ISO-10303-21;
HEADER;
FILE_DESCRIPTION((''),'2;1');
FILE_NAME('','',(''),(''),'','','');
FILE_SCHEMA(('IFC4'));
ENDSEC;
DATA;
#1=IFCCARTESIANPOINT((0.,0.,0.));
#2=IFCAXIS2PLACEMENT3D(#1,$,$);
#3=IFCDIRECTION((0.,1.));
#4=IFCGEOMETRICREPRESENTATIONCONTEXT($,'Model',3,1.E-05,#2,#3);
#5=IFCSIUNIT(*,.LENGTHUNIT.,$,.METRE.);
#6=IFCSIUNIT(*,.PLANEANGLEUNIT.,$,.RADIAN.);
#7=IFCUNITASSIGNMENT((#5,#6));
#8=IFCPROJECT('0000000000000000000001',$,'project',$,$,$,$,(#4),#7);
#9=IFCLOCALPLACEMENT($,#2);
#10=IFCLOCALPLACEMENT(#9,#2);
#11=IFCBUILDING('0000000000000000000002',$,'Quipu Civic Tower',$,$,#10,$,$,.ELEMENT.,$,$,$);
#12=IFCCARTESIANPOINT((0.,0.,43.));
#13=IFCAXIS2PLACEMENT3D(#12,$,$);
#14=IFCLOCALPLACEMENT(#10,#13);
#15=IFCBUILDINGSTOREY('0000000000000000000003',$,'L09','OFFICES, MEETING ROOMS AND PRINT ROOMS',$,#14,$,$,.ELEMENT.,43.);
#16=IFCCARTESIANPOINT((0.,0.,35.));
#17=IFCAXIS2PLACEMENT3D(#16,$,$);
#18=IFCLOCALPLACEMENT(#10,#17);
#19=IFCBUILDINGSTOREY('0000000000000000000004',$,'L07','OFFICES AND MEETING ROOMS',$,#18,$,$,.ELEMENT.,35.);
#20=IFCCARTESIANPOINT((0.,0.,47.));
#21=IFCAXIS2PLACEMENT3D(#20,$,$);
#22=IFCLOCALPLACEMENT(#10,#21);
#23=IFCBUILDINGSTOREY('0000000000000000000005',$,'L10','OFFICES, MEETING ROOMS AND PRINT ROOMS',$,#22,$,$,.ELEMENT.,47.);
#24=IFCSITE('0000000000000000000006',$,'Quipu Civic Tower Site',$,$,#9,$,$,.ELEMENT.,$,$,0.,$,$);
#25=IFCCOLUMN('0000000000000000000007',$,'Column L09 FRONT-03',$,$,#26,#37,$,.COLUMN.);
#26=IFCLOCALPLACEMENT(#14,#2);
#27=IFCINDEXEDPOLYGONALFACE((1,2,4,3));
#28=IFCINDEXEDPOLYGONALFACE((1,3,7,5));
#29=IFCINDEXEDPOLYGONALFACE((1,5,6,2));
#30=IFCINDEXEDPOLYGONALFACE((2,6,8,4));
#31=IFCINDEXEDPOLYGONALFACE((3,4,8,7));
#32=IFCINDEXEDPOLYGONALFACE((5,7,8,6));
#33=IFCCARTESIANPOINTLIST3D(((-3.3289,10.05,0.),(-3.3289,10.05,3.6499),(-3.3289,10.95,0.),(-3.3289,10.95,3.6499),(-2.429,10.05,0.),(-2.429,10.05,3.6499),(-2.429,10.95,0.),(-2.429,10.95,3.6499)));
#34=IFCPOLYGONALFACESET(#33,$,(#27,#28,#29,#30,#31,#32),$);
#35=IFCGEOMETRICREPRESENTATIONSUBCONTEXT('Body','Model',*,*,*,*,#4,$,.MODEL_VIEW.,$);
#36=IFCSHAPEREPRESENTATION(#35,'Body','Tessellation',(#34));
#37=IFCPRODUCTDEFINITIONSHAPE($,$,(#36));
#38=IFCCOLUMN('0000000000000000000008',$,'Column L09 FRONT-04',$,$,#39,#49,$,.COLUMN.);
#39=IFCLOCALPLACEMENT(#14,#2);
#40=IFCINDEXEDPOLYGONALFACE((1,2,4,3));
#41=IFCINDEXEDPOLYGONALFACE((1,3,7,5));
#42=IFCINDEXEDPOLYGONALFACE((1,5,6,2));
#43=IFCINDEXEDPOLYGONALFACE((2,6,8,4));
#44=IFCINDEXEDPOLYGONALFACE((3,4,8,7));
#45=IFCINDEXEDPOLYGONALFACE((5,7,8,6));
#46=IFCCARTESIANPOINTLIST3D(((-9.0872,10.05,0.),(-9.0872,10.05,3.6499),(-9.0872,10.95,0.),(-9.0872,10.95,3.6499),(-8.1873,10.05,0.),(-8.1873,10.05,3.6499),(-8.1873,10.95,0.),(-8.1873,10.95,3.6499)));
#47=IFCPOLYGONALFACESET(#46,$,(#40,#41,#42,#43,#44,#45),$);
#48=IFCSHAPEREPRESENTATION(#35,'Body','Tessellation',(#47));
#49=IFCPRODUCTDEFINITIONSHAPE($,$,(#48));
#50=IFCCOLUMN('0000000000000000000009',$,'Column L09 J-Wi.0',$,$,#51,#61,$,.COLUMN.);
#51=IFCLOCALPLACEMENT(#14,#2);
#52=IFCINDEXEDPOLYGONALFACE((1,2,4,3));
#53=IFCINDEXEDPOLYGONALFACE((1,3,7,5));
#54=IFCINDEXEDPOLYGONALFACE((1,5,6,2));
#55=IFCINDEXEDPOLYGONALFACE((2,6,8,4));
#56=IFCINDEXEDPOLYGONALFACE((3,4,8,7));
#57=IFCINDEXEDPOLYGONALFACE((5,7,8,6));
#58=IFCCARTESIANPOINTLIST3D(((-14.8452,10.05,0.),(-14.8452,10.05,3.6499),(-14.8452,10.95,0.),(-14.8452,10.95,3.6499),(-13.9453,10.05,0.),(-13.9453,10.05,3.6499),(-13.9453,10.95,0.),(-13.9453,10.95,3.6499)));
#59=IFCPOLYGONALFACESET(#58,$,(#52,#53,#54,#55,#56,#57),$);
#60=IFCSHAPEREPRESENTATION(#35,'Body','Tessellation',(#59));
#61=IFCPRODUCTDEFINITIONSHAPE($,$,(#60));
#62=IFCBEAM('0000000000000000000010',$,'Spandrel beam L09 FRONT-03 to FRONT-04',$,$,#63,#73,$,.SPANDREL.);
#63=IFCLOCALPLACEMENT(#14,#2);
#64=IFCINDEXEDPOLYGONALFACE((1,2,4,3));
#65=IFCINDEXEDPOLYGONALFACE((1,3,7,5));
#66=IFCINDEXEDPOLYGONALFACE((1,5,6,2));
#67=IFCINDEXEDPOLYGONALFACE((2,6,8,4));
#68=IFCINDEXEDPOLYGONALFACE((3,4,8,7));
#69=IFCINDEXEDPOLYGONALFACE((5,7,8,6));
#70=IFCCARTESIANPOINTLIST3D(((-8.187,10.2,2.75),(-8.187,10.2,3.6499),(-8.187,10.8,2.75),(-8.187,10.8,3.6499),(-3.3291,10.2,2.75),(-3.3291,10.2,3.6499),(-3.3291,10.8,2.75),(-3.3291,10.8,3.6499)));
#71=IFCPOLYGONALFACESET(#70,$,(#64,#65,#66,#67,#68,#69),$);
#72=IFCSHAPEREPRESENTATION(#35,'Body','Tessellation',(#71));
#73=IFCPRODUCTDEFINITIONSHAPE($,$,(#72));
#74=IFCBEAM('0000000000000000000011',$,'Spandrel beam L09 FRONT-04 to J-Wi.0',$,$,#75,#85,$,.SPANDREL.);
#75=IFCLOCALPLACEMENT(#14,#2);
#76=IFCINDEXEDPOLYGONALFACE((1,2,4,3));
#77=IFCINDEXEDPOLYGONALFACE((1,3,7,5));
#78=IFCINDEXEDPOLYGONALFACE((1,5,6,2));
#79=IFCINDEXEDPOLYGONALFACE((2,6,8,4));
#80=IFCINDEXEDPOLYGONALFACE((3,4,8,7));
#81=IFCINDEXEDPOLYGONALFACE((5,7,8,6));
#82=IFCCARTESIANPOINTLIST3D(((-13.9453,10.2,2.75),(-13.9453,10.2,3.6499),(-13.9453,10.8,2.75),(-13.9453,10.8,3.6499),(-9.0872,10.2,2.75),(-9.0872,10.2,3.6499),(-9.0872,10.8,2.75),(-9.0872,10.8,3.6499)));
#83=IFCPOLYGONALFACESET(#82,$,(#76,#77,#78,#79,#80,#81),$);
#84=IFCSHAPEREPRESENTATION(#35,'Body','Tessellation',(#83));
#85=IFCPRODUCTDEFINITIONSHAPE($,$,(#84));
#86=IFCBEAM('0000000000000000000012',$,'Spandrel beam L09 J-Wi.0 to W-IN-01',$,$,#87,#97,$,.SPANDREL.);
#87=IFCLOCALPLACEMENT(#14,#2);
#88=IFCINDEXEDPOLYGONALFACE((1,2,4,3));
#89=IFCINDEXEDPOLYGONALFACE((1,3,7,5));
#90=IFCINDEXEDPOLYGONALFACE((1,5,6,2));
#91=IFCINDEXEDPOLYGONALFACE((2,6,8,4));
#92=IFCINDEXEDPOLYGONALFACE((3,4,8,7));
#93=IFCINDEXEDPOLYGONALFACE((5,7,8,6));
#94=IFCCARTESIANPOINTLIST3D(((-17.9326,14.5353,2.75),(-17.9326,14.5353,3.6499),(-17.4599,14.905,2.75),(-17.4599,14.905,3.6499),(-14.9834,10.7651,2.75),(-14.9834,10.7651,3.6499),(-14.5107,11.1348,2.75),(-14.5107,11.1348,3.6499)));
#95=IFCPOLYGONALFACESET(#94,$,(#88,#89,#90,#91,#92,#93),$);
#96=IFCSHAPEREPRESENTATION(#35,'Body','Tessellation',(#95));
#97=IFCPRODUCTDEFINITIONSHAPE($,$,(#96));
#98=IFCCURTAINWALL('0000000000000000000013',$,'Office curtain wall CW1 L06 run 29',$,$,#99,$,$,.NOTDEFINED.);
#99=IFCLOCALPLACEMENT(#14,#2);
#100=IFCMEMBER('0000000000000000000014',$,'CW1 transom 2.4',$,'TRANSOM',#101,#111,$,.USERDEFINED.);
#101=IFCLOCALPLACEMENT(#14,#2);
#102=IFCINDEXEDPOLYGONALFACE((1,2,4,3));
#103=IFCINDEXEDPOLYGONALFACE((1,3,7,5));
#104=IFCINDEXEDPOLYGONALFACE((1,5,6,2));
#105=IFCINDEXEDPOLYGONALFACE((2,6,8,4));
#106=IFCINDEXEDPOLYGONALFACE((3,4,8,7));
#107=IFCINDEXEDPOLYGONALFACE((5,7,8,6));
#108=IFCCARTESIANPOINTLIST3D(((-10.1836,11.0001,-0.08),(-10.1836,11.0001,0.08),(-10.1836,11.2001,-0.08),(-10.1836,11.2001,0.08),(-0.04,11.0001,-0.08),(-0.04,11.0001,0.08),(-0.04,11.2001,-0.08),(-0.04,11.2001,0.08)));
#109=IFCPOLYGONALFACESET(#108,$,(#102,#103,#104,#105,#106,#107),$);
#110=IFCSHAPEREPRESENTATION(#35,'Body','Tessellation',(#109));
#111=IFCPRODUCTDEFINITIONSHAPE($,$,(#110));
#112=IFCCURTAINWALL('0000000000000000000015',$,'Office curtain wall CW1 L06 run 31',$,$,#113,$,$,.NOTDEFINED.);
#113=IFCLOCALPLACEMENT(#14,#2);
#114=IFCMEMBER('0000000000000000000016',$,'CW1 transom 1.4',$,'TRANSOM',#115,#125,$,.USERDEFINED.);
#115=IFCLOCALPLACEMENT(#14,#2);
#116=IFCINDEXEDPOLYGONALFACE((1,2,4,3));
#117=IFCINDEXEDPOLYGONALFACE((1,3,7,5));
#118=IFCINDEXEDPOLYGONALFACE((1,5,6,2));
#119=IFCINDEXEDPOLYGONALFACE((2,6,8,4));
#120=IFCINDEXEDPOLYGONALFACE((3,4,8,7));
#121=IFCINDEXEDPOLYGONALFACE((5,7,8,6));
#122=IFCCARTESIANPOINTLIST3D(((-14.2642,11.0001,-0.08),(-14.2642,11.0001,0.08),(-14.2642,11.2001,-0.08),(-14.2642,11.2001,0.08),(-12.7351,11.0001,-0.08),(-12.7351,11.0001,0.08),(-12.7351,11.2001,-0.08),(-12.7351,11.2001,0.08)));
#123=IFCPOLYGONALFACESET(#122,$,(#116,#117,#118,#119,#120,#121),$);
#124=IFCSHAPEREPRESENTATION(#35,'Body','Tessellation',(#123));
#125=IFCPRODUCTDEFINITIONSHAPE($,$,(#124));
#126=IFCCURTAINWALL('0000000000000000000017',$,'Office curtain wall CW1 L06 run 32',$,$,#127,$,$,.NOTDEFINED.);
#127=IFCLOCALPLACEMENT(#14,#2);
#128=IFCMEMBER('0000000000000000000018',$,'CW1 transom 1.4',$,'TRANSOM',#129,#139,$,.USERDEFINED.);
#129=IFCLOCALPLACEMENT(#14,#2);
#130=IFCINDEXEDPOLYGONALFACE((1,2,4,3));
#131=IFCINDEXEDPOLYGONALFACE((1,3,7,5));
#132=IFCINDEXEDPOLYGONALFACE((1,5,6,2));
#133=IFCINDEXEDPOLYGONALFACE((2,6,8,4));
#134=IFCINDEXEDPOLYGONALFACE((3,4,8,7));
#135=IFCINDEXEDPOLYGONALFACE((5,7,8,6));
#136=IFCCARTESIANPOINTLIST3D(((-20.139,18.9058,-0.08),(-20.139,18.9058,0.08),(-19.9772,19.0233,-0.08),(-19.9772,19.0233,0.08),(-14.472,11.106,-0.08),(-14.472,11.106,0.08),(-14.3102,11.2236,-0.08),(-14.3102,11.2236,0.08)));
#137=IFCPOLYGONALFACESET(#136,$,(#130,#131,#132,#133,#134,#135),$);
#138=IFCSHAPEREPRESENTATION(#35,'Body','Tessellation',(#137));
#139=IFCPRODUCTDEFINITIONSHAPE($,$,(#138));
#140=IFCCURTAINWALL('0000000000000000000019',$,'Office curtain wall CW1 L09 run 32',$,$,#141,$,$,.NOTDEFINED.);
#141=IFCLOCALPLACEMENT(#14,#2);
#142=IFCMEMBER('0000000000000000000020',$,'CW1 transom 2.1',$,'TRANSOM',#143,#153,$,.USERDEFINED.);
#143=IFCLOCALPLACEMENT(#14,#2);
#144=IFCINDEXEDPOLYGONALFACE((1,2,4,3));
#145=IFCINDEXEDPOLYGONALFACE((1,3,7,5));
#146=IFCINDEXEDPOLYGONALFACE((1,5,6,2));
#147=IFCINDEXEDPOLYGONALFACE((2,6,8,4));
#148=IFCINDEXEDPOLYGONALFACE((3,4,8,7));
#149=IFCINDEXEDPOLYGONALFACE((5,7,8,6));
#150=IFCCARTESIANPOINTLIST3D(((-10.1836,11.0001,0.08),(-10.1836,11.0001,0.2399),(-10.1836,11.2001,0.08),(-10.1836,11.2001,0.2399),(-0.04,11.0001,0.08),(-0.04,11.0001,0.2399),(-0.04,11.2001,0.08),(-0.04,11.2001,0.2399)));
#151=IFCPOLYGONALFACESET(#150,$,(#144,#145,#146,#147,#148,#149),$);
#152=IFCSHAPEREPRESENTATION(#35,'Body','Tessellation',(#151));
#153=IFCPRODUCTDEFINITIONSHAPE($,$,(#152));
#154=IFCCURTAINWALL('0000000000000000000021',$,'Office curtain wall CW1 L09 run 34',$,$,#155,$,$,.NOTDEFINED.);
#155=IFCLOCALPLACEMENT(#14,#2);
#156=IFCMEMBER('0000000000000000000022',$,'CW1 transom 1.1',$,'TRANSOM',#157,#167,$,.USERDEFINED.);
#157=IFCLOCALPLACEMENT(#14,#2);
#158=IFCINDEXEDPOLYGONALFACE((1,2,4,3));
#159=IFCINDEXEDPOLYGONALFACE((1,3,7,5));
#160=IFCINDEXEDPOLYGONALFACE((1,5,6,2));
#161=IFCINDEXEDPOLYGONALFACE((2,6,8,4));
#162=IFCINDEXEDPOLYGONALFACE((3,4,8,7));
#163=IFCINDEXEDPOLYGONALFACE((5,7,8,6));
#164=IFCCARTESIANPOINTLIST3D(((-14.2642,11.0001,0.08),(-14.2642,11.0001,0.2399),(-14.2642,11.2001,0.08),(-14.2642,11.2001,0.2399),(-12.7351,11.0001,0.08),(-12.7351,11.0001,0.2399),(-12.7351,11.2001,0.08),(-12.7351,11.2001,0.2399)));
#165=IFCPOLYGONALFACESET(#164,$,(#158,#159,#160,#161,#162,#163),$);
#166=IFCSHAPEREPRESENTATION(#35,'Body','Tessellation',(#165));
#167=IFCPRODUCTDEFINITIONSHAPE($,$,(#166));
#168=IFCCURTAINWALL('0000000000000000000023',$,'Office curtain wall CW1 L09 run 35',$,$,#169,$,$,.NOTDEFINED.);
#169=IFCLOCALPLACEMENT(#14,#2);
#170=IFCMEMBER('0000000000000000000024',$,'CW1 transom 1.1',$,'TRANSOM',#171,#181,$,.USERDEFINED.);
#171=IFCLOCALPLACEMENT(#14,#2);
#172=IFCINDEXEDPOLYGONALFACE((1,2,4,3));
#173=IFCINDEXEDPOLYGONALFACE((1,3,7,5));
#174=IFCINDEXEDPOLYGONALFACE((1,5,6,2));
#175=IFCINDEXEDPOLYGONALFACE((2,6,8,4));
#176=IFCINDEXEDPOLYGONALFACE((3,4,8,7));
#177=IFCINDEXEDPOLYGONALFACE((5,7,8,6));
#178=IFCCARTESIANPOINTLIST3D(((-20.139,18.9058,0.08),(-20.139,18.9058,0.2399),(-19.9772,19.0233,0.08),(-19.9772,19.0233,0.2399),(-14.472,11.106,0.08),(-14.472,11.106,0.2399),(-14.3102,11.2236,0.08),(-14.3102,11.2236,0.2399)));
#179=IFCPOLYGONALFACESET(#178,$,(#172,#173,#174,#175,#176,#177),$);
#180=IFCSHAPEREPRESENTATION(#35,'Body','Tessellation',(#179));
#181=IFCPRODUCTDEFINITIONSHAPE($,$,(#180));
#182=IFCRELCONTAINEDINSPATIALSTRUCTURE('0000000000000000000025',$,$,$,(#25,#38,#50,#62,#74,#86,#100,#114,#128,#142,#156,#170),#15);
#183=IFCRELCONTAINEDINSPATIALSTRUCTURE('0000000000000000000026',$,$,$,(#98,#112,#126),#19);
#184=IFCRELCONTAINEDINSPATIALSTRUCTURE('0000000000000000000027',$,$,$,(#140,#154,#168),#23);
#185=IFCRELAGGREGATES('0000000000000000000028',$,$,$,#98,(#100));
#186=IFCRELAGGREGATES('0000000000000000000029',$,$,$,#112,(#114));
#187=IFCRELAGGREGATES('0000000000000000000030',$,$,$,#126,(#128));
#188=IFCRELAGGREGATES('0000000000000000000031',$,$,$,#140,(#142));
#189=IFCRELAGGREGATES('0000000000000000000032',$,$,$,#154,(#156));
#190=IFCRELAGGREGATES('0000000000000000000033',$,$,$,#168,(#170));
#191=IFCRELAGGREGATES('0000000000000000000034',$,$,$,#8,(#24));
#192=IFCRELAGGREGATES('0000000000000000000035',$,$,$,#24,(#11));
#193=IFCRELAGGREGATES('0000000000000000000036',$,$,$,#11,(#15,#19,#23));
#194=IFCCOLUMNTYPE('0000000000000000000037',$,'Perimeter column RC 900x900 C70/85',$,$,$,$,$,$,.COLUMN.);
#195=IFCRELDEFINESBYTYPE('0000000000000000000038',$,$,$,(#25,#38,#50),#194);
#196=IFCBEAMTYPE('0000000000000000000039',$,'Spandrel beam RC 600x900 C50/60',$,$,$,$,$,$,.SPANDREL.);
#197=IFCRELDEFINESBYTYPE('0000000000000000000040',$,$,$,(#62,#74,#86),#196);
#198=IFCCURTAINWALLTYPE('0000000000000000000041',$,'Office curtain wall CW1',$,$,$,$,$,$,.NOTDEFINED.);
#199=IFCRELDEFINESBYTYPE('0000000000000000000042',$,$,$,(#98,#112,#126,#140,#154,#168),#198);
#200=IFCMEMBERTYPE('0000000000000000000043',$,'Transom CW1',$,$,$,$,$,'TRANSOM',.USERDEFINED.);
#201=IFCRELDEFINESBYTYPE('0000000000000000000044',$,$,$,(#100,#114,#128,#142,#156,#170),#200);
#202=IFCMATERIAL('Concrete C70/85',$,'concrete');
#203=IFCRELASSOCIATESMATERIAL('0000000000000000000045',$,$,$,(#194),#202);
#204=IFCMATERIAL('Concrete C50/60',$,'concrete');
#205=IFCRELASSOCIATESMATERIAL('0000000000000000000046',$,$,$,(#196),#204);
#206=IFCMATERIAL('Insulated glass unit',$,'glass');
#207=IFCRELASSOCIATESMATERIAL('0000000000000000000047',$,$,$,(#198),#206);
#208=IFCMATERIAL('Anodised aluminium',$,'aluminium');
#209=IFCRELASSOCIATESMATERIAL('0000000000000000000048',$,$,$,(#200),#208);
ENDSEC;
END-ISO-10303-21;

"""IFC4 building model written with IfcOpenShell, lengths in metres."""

from ifc_helpers import new_model, si_unit, direction, frame, origin, origin_2d, place, context, subcontext, project, spatial, rectangle, extrude, material, material_profile, profile_set, type_object, element, aggregate, save


model = new_model("IFC4")

# Units and contexts
model_context = context("Model", 3, precision=1e-05, world=origin(), true_north=direction((0.0, 1.0)))
body_context = subcontext(model_context, "Body", "Model", "MODEL_VIEW")
ifc_project = project(units=[si_unit("LENGTHUNIT", "METRE"), si_unit("PLANEANGLEUNIT", "RADIAN")], contexts=[model_context])

# Site, building, storey
site_placement = place(None, origin())
site = spatial("IfcSite", under=ifc_project, at=site_placement, Name="Quipu Civic Tower Site", CompositionType="ELEMENT", RefElevation=0.0)
building_placement = place(site_placement, origin())
building = spatial("IfcBuilding", under=site, at=building_placement, Name="Quipu Civic Tower", CompositionType="ELEMENT")
storey_1_placement = place(building_placement, frame((0.0, 0.0, 43.0)))
storey_1 = spatial("IfcBuildingStorey", under=building, at=storey_1_placement, Name="L09", Description="OFFICES, MEETING ROOMS AND PRINT ROOMS", CompositionType="ELEMENT", Elevation=43.0)

# Columns
ifc_material_1 = material(Name="Concrete C70/85", Category="concrete")
ifc_material_profile_1 = material_profile(ifc_material_1, rectangle(XDim=0.8999, YDim=0.8999, at=origin_2d()), Name="RC900x900")
ifc_profile_set_1 = profile_set([ifc_material_profile_1], Name="Concrete C70/85")
column_type = type_object("IfcColumnType", Name="Perimeter column RC 900x900 C70/85", PredefinedType="COLUMN", material=ifc_profile_set_1)
for number, where, z_axis, x_axis, name in (
    (1, (-2.8789, 10.5, 0.0), (0.0, 0.0, 1.0), (-1.0, 0.0, 0.0), "Column L09 FRONT-03"),
    (2, (-8.6372, 10.5, 0.0), (0.0, 0.0, 1.0), (-1.0, 0.0, 0.0), "Column L09 FRONT-04"),
    (3, (-14.3953, 10.5, 0.0), (0.0, 0.0, 1.0), (-1.0, 0.0, 0.0), "Column L09 J-Wi.0"),
):
    element("IfcColumn", number, at=place(storey_1_placement, frame(where, z_axis=z_axis, x_axis=x_axis)), inside=storey_1, type_object=column_type, Name=name, PredefinedType="COLUMN", context=body_context, shape_type="SweptSolid", body=[
        extrude(rectangle(XDim=0.8999, YDim=0.8999, at=origin_2d()), origin(), (0.0, 0.0, 1.0), 3.6499),
    ])

# Beams
ifc_material_2 = material(Name="Concrete C50/60", Category="concrete")
ifc_material_profile_2 = material_profile(ifc_material_2, rectangle(XDim=0.6001, YDim=0.8999, at=origin_2d()), Name="RC600x900")
ifc_profile_set_2 = profile_set([ifc_material_profile_2], Name="Concrete C50/60")
beam_type = type_object("IfcBeamType", Name="Spandrel beam RC 600x900 C50/60", PredefinedType="SPANDREL", material=ifc_profile_set_2)
beam_1_placement = place(storey_1_placement, frame((-3.3291, 10.5, 3.2), z_axis=(-1.0, 0.0, 0.0), x_axis=(0.0, -1.0, 0.0)))
element("IfcBeam", 4, at=beam_1_placement, inside=storey_1, type_object=beam_type, Name="Spandrel beam L09 FRONT-03 to FRONT-04", PredefinedType="SPANDREL", context=body_context, shape_type="SweptSolid", body=[
    extrude(rectangle(XDim=0.6001, YDim=0.8999, at=origin_2d()), origin(), (0.0, 0.0, 1.0), 4.8579),
])
beam_2_placement = place(storey_1_placement, frame((-9.0872, 10.5, 3.2), z_axis=(-1.0, 0.0, 0.0), x_axis=(0.0, -1.0, 0.0)))
element("IfcBeam", 5, at=beam_2_placement, inside=storey_1, type_object=beam_type, Name="Spandrel beam L09 FRONT-04 to J-Wi.0", PredefinedType="SPANDREL", context=body_context, shape_type="SweptSolid", body=[
    extrude(rectangle(XDim=0.6001, YDim=0.8999, at=origin_2d()), origin(), (0.0, 0.0, 1.0), 4.8582),
])
beam_3_placement = place(storey_1_placement, frame((-14.7471, 10.95, 3.2), z_axis=(-0.616124, 0.787649, 0.0), x_axis=(-0.787649, -0.616124, 0.0)))
element("IfcBeam", 6, at=beam_3_placement, inside=storey_1, type_object=beam_type, Name="Spandrel beam L09 J-Wi.0 to W-IN-01", PredefinedType="SPANDREL", context=body_context, shape_type="SweptSolid", body=[
    extrude(rectangle(XDim=0.6001, YDim=0.8999, at=origin_2d()), origin(), (0.0, 0.0, 1.0), 4.7866),
])

# Shared definitions
storey_2_placement = place(building_placement, frame((0.0, 0.0, 35.0)))
storey_2 = spatial("IfcBuildingStorey", under=building, at=storey_2_placement, Name="L07", Description="OFFICES AND MEETING ROOMS", CompositionType="ELEMENT", Elevation=35.0)

# Curtain walls, members
ifc_material_3 = material(Name="Insulated glass unit", Category="glass")
curtain_wall_type = type_object("IfcCurtainWallType", Name="Office curtain wall CW1", PredefinedType="NOTDEFINED", material=ifc_material_3)
curtain_wall_1_placement = place(storey_2_placement, origin())
curtain_wall_1 = element("IfcCurtainWall", 7, at=curtain_wall_1_placement, inside=storey_2, type_object=curtain_wall_type, Name="Office curtain wall CW1 L06 run 29", PredefinedType="NOTDEFINED")
ifc_material_4 = material(Name="Anodised aluminium", Category="aluminium")
ifc_material_profile_3 = material_profile(ifc_material_4, rectangle(XDim=0.2, YDim=0.1599, at=origin_2d()), Name="RECT 200x160")
ifc_profile_set_3 = profile_set([ifc_material_profile_3], Name="Anodised aluminium")
member_type = type_object("IfcMemberType", Name="Transom CW1", ElementType="TRANSOM", PredefinedType="USERDEFINED", material=ifc_profile_set_3)
member_1_placement = place(storey_1_placement, frame((-0.04, 11.1001, 0.0), z_axis=(-1.0, 0.0, 0.0), x_axis=(0.0, -1.0, 0.0)))
member_1 = element("IfcMember", 8, at=member_1_placement, inside=storey_1, type_object=member_type, Name="CW1 transom 2.4", ObjectType="TRANSOM", PredefinedType="USERDEFINED", context=body_context, shape_type="SweptSolid", body=[
    extrude(rectangle(XDim=0.2, YDim=0.1599, at=origin_2d()), origin(), (0.0, 0.0, 1.0), 10.1436),
])
aggregate(curtain_wall_1, [member_1])
curtain_wall_2_placement = place(storey_2_placement, origin())
curtain_wall_2 = element("IfcCurtainWall", 9, at=curtain_wall_2_placement, inside=storey_2, type_object=curtain_wall_type, Name="Office curtain wall CW1 L06 run 31", PredefinedType="NOTDEFINED")
member_2_placement = place(storey_1_placement, frame((-12.7351, 11.1001, 0.0), z_axis=(-1.0, 0.0, 0.0), x_axis=(0.0, -1.0, 0.0)))
member_2 = element("IfcMember", 10, at=member_2_placement, inside=storey_1, type_object=member_type, Name="CW1 transom 1.4", ObjectType="TRANSOM", PredefinedType="USERDEFINED", context=body_context, shape_type="SweptSolid", body=[
    extrude(rectangle(XDim=0.2, YDim=0.1599, at=origin_2d()), origin(), (0.0, 0.0, 1.0), 1.5291),
])
aggregate(curtain_wall_2, [member_2])
curtain_wall_3_placement = place(storey_2_placement, origin())
curtain_wall_3 = element("IfcCurtainWall", 11, at=curtain_wall_3_placement, inside=storey_2, type_object=curtain_wall_type, Name="Office curtain wall CW1 L06 run 32", PredefinedType="NOTDEFINED")
member_3_placement = place(storey_1_placement, frame((-14.3911, 11.1648, 0.0), z_axis=(-0.587792, 0.809012, 0.0), x_axis=(-0.809012, -0.587792, 0.0)))
member_3 = element("IfcMember", 12, at=member_3_placement, inside=storey_1, type_object=member_type, Name="CW1 transom 1.4", ObjectType="TRANSOM", PredefinedType="USERDEFINED", context=body_context, shape_type="SweptSolid", body=[
    extrude(rectangle(XDim=0.2, YDim=0.1599, at=origin_2d()), origin(), (0.0, 0.0, 1.0), 9.6411),
])
aggregate(curtain_wall_3, [member_3])

# Shared definitions
storey_3_placement = place(building_placement, frame((0.0, 0.0, 47.0)))
storey_3 = spatial("IfcBuildingStorey", under=building, at=storey_3_placement, Name="L10", Description="OFFICES, MEETING ROOMS AND PRINT ROOMS", CompositionType="ELEMENT", Elevation=47.0)

# Curtain walls, members
curtain_wall_4_placement = place(storey_3_placement, origin())
curtain_wall_4 = element("IfcCurtainWall", 13, at=curtain_wall_4_placement, inside=storey_3, type_object=curtain_wall_type, Name="Office curtain wall CW1 L09 run 32", PredefinedType="NOTDEFINED")
member_4_placement = place(storey_1_placement, frame((-0.04, 11.1001, 0.1599), z_axis=(-1.0, 0.0, 0.0), x_axis=(0.0, -1.0, 0.0)))
member_4 = element("IfcMember", 14, at=member_4_placement, inside=storey_1, type_object=member_type, Name="CW1 transom 2.1", ObjectType="TRANSOM", PredefinedType="USERDEFINED", context=body_context, shape_type="SweptSolid", body=[
    extrude(rectangle(XDim=0.2, YDim=0.1599, at=origin_2d()), origin(), (0.0, 0.0, 1.0), 10.1436),
])
curtain_wall_5_placement = place(storey_3_placement, origin())
curtain_wall_5 = element("IfcCurtainWall", 15, at=curtain_wall_5_placement, inside=storey_3, type_object=curtain_wall_type, Name="Office curtain wall CW1 L09 run 34", PredefinedType="NOTDEFINED")
member_5_placement = place(storey_1_placement, frame((-12.7351, 11.1001, 0.1599), z_axis=(-1.0, 0.0, 0.0), x_axis=(0.0, -1.0, 0.0)))
member_5 = element("IfcMember", 16, at=member_5_placement, inside=storey_1, type_object=member_type, Name="CW1 transom 1.1", ObjectType="TRANSOM", PredefinedType="USERDEFINED", context=body_context, shape_type="SweptSolid", body=[
    extrude(rectangle(XDim=0.2, YDim=0.1599, at=origin_2d()), origin(), (0.0, 0.0, 1.0), 1.5291),
])
curtain_wall_6_placement = place(storey_3_placement, origin())
curtain_wall_6 = element("IfcCurtainWall", 17, at=curtain_wall_6_placement, inside=storey_3, type_object=curtain_wall_type, Name="Office curtain wall CW1 L09 run 35", PredefinedType="NOTDEFINED")
member_6_placement = place(storey_1_placement, frame((-14.3911, 11.1648, 0.1599), z_axis=(-0.587792, 0.809012, 0.0), x_axis=(-0.809012, -0.587792, 0.0)))
member_6 = element("IfcMember", 18, at=member_6_placement, inside=storey_1, type_object=member_type, Name="CW1 transom 1.1", ObjectType="TRANSOM", PredefinedType="USERDEFINED", context=body_context, shape_type="SweptSolid", body=[
    extrude(rectangle(XDim=0.2, YDim=0.1599, at=origin_2d()), origin(), (0.0, 0.0, 1.0), 9.6411),
])

aggregate(curtain_wall_4, [member_4])
aggregate(curtain_wall_5, [member_5])
aggregate(curtain_wall_6, [member_6])

save(model, "model.ifc")
